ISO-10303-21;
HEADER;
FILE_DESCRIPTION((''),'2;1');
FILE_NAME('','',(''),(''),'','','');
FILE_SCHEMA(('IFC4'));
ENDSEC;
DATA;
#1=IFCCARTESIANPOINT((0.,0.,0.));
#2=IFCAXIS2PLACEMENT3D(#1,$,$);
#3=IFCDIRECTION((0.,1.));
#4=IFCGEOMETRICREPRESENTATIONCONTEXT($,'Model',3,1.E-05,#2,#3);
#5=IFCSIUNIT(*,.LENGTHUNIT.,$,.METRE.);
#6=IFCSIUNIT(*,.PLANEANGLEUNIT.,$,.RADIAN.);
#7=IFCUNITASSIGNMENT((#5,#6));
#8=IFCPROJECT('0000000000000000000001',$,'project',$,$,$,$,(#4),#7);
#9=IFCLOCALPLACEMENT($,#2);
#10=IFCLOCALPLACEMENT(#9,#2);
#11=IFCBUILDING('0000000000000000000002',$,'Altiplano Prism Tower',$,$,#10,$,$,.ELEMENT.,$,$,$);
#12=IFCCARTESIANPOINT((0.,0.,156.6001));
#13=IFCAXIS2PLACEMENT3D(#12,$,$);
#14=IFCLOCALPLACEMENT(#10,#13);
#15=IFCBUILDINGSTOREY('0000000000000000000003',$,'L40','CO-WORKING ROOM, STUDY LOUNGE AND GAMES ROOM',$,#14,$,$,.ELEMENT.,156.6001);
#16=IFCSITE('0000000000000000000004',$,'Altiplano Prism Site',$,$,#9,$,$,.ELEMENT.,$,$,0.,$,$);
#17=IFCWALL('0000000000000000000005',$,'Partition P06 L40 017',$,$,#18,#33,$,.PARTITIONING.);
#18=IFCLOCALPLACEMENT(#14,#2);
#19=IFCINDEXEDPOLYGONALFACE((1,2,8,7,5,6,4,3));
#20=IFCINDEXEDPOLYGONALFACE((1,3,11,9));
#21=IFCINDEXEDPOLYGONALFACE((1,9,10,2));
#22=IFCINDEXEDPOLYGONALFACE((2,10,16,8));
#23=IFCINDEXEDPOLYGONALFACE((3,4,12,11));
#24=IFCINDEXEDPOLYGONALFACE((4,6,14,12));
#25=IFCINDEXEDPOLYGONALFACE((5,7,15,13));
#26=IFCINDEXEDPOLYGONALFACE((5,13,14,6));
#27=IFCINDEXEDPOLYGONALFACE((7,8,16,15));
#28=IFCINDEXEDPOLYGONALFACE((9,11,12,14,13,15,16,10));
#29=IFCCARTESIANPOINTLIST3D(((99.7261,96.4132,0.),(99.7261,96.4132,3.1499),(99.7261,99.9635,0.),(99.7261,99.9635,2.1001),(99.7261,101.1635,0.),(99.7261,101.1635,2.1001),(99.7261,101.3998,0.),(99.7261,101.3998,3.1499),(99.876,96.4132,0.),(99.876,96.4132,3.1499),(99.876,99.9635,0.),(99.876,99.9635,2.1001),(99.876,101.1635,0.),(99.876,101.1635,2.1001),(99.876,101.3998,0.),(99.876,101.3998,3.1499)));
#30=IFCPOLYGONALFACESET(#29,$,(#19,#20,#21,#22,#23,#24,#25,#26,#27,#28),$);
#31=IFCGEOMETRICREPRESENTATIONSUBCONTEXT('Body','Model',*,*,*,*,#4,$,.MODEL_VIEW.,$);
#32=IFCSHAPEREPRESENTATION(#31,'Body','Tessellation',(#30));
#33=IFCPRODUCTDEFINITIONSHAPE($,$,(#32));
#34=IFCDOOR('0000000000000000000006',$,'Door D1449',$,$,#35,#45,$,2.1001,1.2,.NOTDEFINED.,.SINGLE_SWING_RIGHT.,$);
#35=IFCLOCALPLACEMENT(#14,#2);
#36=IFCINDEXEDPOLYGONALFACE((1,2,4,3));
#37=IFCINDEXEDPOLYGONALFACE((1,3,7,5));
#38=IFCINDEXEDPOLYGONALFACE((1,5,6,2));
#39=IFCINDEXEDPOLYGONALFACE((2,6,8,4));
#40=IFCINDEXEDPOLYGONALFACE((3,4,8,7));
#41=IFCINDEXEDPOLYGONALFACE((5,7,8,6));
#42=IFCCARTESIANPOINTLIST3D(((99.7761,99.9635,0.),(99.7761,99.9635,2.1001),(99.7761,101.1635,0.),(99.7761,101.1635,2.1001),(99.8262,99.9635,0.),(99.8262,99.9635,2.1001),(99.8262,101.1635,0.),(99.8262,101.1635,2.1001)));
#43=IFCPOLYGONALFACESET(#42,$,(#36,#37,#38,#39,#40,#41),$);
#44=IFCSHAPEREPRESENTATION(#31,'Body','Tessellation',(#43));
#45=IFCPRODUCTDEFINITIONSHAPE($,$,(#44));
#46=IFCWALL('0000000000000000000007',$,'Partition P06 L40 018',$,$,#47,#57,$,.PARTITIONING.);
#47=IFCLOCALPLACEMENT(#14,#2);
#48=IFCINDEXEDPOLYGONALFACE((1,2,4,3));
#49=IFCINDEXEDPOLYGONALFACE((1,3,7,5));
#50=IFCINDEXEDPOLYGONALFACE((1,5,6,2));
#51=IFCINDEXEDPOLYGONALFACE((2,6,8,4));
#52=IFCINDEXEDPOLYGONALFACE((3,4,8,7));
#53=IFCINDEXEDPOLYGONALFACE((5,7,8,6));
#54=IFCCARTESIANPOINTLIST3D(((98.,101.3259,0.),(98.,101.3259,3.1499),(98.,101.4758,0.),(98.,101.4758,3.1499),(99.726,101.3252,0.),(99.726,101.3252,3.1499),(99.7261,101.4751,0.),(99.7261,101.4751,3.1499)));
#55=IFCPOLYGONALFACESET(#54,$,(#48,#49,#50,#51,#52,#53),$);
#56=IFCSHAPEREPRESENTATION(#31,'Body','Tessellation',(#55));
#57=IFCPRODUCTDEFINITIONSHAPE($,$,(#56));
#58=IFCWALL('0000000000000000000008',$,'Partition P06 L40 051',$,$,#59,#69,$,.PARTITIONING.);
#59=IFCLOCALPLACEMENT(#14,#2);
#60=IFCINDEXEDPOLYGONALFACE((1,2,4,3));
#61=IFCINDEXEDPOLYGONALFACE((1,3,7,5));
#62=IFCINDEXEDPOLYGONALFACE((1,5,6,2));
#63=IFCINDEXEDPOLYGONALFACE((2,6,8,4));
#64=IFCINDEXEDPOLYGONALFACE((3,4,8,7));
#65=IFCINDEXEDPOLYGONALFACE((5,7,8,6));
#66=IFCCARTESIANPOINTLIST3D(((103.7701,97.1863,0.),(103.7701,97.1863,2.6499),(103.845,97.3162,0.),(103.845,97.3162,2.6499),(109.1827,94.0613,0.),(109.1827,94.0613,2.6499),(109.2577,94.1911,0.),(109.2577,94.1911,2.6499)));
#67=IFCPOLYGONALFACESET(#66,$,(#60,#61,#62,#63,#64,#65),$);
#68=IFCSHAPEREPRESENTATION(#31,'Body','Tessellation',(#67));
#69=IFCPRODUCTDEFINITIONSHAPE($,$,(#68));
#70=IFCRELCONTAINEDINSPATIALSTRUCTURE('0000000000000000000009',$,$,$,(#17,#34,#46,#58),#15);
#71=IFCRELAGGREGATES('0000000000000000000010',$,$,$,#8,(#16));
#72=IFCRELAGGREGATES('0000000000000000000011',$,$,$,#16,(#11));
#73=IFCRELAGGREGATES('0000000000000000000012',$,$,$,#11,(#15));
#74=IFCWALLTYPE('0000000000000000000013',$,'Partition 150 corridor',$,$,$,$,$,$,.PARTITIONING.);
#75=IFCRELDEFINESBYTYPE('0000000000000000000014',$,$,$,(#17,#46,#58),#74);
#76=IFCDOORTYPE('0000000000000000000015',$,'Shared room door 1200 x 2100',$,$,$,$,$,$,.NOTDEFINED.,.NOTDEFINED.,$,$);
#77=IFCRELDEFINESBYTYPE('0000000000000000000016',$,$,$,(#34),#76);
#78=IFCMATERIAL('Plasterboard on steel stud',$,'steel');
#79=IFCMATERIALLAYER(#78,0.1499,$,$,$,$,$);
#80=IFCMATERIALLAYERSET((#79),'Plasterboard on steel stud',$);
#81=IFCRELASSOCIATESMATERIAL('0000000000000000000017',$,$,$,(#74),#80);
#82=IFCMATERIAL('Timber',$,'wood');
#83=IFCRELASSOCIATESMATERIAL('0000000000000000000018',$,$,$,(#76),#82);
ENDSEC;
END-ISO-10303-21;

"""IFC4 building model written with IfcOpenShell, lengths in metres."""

from ifc_helpers import new_model, si_unit, direction, frame, frame_2d, origin, place, context, subcontext, project, spatial, rectangle, extrude, material, layer, layer_set, type_object, element, fill, save


model = new_model("IFC4")

# Units and contexts
model_context = context("Model", 3, precision=1e-05, world=origin(), true_north=direction((0.0, 1.0)))
body_context = subcontext(model_context, "Body", "Model", "MODEL_VIEW")
ifc_project = project(units=[si_unit("LENGTHUNIT", "METRE"), si_unit("PLANEANGLEUNIT", "RADIAN")], contexts=[model_context])

# Site, building, storey
site_placement = place(None, origin())
site = spatial("IfcSite", under=ifc_project, at=site_placement, Name="Altiplano Prism Site", CompositionType="ELEMENT", RefElevation=0.0)
building_placement = place(site_placement, origin())
building = spatial("IfcBuilding", under=site, at=building_placement, Name="Altiplano Prism Tower", CompositionType="ELEMENT")
storey_placement = place(building_placement, frame((0.0, 0.0, 156.6001)))
storey = spatial("IfcBuildingStorey", under=building, at=storey_placement, Name="L40", Description="CO-WORKING ROOM, STUDY LOUNGE AND GAMES ROOM", CompositionType="ELEMENT", Elevation=156.6001)

# Shared definitions
ifc_material_1 = material(Name="Plasterboard on steel stud", Category="steel")
ifc_layer_1 = layer(ifc_material_1, 0.1499)
ifc_layer_set_1 = layer_set([ifc_layer_1], Name="Plasterboard on steel stud")
wall_type = type_object("IfcWallType", Name="Partition 150 corridor", PredefinedType="PARTITIONING", material=ifc_layer_set_1)

# Wall, opening, door
wall_1_placement = place(storey_placement, frame((99.801, 96.4133, 0.0), z_axis=(0.0, 0.0, 1.0), x_axis=(0.0, 1.0, 0.0)))
wall_1 = element("IfcWall", 1, at=wall_1_placement, inside=storey, type_object=wall_type, Name="Partition P06 L40 017", PredefinedType="PARTITIONING", context=body_context, shape_type="SweptSolid", body=[
    extrude(rectangle(XDim=4.9866, YDim=0.1499, at=frame_2d((2.4932, 0.0))), origin(), (0.0, 0.0, 1.0), 3.1499),
])
opening_placement = place(wall_1_placement, frame((3.55, 0.0, 0.0)))
opening = element("IfcOpeningElement", 2, at=opening_placement, cuts=wall_1, PredefinedType="OPENING", context=body_context, shape_type="SweptSolid", body=[
    extrude(rectangle(XDim=1.2, YDim=2.1001, at=frame_2d((0.6001, 1.05))), frame((0.0, 0.0854, 0.0), z_axis=(0.0, -1.0, 0.0), x_axis=(1.0, 0.0, 0.0)), (0.0, 0.0, 1.0), 0.1709),
])
ifc_material_2 = material(Name="Timber", Category="wood")
door_type = type_object("IfcDoorType", Name="Shared room door 1200 x 2100", OperationType="NOTDEFINED", PredefinedType="NOTDEFINED", material=ifc_material_2)
door_placement = place(opening_placement, origin())
door = element("IfcDoor", 3, at=door_placement, inside=storey, type_object=door_type, Name="Door D1449", OperationType="SINGLE_SWING_RIGHT", OverallHeight=2.1001, OverallWidth=1.2, PredefinedType="NOTDEFINED", context=body_context, shape_type="SweptSolid", body=[
    extrude(rectangle(XDim=1.2, YDim=2.1001, at=frame_2d((0.6001, 1.05))), frame((0.0, 0.0249, 0.0), z_axis=(0.0, -1.0, 0.0), x_axis=(1.0, 0.0, 0.0)), (0.0, 0.0, 1.0), 0.05),
])
fill(opening, door)

# Walls
wall_2_placement = place(storey_placement, frame((99.7261, 101.4001, 0.0), z_axis=(0.0, 0.0, 1.0), x_axis=(-1.0, 0.000424, 0.0)))
element("IfcWall", 4, at=wall_2_placement, inside=storey, type_object=wall_type, Name="Partition P06 L40 018", PredefinedType="PARTITIONING", context=body_context, shape_type="SweptSolid", body=[
    extrude(rectangle(XDim=1.7261, YDim=0.1499, at=frame_2d((0.863, 0.0))), origin(), (0.0, 0.0, 1.0), 3.1499),
])
wall_3_placement = place(storey_placement, frame((109.2202, 94.1262, 0.0), z_axis=(0.0, 0.0, 1.0), x_axis=(-0.866023, 0.500004, 0.0)))
element("IfcWall", 5, at=wall_3_placement, inside=storey, type_object=wall_type, Name="Partition P06 L40 051", PredefinedType="PARTITIONING", context=body_context, shape_type="SweptSolid", body=[
    extrude(rectangle(XDim=6.25, YDim=0.1499, at=frame_2d((3.125, 0.0))), origin(), (0.0, 0.0, 1.0), 2.6499),
])

save(model, "model.ifc")
